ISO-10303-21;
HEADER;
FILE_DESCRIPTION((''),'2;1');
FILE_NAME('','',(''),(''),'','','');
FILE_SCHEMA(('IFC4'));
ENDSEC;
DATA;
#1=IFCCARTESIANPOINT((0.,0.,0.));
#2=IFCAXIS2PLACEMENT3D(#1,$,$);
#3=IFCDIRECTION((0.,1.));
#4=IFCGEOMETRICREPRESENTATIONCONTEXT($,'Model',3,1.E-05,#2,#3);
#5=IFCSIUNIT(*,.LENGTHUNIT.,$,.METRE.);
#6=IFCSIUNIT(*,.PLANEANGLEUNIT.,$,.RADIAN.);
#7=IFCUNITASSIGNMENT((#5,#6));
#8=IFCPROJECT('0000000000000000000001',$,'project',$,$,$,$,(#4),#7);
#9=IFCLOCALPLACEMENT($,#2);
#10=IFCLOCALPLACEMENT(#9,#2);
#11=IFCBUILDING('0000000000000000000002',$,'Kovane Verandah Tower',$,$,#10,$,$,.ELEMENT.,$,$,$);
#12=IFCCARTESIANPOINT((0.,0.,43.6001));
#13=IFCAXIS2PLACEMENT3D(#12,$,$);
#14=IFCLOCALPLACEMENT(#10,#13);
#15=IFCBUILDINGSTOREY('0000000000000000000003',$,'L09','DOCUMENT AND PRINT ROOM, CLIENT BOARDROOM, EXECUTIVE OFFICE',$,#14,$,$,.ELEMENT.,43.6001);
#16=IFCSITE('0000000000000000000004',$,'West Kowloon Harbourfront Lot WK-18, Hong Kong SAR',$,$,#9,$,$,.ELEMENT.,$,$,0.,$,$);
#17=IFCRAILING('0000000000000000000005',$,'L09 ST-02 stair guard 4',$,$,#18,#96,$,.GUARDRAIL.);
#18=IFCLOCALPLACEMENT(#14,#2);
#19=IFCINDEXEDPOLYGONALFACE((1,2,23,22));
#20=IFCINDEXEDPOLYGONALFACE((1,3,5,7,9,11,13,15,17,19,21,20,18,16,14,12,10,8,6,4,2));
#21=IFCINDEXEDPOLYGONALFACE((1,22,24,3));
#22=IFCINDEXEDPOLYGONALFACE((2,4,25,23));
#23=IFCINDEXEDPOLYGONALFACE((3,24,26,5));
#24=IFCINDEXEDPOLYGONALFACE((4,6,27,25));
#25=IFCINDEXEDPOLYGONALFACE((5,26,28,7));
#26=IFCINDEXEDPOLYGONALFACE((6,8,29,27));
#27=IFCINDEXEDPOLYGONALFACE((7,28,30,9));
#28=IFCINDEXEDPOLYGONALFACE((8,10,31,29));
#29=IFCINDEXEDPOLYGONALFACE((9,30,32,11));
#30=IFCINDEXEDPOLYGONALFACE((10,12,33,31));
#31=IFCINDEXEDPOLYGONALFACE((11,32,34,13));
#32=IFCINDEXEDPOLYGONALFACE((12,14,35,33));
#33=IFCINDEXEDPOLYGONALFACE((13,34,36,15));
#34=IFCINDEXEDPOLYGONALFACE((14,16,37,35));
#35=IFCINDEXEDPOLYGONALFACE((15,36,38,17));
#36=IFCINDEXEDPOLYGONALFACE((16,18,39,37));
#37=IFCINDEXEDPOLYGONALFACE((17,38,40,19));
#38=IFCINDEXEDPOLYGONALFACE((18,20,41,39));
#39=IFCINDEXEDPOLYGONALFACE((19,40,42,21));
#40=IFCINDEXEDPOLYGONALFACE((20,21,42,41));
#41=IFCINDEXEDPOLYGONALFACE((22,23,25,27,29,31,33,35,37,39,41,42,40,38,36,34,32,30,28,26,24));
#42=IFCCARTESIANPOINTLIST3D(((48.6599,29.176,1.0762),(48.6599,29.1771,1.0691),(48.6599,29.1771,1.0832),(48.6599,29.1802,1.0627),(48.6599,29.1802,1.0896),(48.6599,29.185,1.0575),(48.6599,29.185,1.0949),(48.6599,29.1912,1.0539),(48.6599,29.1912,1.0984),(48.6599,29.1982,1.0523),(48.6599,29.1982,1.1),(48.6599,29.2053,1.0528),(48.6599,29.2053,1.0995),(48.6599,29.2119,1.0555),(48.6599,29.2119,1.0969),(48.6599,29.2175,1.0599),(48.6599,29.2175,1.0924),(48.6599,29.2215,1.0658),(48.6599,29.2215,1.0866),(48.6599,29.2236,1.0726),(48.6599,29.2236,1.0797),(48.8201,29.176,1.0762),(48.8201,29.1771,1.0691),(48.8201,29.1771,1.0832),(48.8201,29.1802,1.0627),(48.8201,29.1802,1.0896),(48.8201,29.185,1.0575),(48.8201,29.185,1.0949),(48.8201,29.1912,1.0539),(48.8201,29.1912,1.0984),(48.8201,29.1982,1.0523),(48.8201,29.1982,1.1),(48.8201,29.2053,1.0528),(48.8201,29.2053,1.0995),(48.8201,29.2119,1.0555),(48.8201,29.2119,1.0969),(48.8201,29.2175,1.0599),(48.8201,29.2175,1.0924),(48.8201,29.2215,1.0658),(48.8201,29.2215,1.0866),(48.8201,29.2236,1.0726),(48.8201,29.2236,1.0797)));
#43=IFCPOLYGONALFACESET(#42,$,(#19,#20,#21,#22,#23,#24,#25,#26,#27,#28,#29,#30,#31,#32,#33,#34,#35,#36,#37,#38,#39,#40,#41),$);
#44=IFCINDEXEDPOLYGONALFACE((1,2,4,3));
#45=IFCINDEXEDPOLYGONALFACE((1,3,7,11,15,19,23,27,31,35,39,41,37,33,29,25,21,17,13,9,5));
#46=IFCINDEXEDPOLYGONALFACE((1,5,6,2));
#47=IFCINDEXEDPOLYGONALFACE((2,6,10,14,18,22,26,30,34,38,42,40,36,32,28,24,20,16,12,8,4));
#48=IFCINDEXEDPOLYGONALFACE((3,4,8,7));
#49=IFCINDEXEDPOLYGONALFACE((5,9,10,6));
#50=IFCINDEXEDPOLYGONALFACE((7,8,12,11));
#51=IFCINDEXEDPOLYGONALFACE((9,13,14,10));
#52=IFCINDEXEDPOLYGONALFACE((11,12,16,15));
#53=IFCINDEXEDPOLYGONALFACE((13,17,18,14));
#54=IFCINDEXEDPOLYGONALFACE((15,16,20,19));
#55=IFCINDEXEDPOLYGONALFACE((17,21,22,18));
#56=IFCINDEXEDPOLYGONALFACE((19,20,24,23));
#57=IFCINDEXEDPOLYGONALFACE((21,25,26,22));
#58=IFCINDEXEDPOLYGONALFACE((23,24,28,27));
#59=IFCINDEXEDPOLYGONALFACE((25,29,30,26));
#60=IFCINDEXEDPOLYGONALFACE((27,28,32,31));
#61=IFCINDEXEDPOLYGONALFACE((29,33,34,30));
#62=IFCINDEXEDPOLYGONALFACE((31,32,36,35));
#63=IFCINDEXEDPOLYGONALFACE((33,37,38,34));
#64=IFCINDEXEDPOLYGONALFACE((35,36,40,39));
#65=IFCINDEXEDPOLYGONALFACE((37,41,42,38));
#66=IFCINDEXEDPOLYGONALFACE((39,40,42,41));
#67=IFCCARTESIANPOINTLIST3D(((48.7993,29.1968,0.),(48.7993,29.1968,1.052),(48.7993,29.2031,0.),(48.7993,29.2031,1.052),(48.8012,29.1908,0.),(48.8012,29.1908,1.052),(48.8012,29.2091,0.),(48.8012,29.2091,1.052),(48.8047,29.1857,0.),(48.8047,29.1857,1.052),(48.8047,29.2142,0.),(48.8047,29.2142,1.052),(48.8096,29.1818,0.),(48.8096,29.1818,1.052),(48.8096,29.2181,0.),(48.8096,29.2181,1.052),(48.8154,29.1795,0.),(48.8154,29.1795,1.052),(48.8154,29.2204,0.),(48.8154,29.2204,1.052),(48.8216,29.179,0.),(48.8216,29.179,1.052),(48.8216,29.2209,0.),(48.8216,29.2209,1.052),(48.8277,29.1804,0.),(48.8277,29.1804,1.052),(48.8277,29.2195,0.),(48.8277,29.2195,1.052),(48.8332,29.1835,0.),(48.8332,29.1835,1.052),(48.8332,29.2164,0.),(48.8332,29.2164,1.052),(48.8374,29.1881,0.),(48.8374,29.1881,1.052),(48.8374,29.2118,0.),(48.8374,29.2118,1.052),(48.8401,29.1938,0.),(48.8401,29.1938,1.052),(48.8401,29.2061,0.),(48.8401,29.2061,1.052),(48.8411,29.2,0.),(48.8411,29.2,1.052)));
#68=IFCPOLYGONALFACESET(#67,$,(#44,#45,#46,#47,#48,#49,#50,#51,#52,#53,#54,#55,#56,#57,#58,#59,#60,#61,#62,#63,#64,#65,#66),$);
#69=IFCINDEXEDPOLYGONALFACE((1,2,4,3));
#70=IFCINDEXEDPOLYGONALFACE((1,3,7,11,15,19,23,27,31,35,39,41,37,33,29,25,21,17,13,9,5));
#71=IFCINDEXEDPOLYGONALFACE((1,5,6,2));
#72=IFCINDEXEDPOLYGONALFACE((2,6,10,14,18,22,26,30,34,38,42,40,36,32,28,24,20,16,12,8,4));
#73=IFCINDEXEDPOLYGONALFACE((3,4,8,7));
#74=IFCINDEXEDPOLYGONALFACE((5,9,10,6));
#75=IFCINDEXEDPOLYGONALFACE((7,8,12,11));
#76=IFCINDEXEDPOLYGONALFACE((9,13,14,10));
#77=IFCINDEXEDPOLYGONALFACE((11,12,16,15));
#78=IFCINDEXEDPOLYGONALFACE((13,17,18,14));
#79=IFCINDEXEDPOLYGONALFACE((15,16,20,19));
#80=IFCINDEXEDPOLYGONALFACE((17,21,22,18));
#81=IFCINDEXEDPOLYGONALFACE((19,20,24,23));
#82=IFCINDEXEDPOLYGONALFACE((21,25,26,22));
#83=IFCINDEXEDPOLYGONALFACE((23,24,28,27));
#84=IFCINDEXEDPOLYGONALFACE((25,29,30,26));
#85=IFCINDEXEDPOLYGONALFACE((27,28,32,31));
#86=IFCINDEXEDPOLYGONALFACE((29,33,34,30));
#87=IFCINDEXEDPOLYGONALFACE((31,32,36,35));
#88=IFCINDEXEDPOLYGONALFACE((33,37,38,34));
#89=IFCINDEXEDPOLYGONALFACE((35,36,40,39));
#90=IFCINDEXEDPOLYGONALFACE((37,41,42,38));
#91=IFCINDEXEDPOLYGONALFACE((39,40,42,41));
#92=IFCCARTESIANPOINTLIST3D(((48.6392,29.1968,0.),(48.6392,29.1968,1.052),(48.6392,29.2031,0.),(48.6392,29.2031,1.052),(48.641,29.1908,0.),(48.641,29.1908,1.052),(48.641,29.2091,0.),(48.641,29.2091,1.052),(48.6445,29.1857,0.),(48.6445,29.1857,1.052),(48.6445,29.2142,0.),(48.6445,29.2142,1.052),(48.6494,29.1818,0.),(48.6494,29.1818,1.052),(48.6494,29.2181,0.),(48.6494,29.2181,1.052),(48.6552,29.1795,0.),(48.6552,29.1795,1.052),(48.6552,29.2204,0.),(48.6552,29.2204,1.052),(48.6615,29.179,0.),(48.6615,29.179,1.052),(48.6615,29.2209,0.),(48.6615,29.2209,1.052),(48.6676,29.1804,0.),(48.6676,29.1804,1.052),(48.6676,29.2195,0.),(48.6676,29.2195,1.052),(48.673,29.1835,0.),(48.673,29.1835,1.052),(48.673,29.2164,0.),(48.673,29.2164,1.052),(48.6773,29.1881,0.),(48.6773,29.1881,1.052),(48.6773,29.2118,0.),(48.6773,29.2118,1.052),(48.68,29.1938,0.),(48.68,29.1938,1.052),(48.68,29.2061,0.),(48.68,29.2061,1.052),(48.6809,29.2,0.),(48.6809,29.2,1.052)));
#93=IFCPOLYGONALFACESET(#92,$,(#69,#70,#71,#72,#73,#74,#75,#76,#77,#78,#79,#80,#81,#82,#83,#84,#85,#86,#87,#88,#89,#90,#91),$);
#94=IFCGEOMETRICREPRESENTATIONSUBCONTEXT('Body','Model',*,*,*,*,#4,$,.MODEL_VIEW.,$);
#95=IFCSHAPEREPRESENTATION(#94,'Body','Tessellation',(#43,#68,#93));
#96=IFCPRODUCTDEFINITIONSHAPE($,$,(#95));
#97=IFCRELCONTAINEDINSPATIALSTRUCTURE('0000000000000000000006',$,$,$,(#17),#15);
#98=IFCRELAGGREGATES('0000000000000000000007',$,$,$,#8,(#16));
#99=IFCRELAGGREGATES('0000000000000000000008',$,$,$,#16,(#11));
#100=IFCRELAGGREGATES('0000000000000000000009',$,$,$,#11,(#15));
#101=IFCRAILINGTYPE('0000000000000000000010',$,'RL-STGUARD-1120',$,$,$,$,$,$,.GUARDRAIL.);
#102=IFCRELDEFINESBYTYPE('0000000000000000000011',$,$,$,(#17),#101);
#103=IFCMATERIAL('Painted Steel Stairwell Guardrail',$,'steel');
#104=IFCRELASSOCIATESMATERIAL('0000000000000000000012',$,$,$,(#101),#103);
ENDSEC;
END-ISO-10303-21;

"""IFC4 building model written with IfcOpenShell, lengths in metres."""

from ifc_helpers import new_model, si_unit, direction, frame, origin, origin_2d, place, context, subcontext, project, spatial, circle, extrude, material, type_object, element, save


model = new_model("IFC4")

# Units and contexts
model_context = context("Model", 3, precision=1e-05, world=origin(), true_north=direction((0.0, 1.0)))
body_context = subcontext(model_context, "Body", "Model", "MODEL_VIEW")
ifc_project = project(units=[si_unit("LENGTHUNIT", "METRE"), si_unit("PLANEANGLEUNIT", "RADIAN")], contexts=[model_context])

# Site, building, storey
site_placement = place(None, origin())
site = spatial("IfcSite", under=ifc_project, at=site_placement, Name="West Kowloon Harbourfront Lot WK-18, Hong Kong SAR", CompositionType="ELEMENT", RefElevation=0.0)
building_placement = place(site_placement, origin())
building = spatial("IfcBuilding", under=site, at=building_placement, Name="Kovane Verandah Tower", CompositionType="ELEMENT")
storey_placement = place(building_placement, frame((0.0, 0.0, 43.6001)))
storey = spatial("IfcBuildingStorey", under=building, at=storey_placement, Name="L09", Description="DOCUMENT AND PRINT ROOM, CLIENT BOARDROOM, EXECUTIVE OFFICE", CompositionType="ELEMENT", Elevation=43.6001)

# Railing
ifc_material_1 = material(Name="Painted Steel Stairwell Guardrail", Category="steel")
railing_type_1 = type_object("IfcRailingType", Name="RL-STGUARD-1120", PredefinedType="GUARDRAIL", material=ifc_material_1)
railing_1_placement = place(storey_placement, frame((48.8201, 29.2, 0.0)))
element("IfcRailing", 1, at=railing_1_placement, inside=storey, type_object=railing_type_1, Name="L09 ST-02 stair guard 4", PredefinedType="GUARDRAIL", context=body_context, shape_type="SweptSolid", body=[
    extrude(circle(Radius=0.0239, at=origin_2d()), frame((0.0, 0.0, 1.0762), z_axis=(-1.0, 0.0, 0.0), x_axis=(0.0, -1.0, 0.0)), (0.0, 0.0, 1.0), 0.1602),
    extrude(circle(Radius=0.021, at=origin_2d()), origin(), (0.0, 0.0, 1.0), 1.052),
    extrude(circle(Radius=0.021, at=origin_2d()), frame((-0.1602, 0.0, 0.0)), (0.0, 0.0, 1.0), 1.052),
])

save(model, "model.ifc")
